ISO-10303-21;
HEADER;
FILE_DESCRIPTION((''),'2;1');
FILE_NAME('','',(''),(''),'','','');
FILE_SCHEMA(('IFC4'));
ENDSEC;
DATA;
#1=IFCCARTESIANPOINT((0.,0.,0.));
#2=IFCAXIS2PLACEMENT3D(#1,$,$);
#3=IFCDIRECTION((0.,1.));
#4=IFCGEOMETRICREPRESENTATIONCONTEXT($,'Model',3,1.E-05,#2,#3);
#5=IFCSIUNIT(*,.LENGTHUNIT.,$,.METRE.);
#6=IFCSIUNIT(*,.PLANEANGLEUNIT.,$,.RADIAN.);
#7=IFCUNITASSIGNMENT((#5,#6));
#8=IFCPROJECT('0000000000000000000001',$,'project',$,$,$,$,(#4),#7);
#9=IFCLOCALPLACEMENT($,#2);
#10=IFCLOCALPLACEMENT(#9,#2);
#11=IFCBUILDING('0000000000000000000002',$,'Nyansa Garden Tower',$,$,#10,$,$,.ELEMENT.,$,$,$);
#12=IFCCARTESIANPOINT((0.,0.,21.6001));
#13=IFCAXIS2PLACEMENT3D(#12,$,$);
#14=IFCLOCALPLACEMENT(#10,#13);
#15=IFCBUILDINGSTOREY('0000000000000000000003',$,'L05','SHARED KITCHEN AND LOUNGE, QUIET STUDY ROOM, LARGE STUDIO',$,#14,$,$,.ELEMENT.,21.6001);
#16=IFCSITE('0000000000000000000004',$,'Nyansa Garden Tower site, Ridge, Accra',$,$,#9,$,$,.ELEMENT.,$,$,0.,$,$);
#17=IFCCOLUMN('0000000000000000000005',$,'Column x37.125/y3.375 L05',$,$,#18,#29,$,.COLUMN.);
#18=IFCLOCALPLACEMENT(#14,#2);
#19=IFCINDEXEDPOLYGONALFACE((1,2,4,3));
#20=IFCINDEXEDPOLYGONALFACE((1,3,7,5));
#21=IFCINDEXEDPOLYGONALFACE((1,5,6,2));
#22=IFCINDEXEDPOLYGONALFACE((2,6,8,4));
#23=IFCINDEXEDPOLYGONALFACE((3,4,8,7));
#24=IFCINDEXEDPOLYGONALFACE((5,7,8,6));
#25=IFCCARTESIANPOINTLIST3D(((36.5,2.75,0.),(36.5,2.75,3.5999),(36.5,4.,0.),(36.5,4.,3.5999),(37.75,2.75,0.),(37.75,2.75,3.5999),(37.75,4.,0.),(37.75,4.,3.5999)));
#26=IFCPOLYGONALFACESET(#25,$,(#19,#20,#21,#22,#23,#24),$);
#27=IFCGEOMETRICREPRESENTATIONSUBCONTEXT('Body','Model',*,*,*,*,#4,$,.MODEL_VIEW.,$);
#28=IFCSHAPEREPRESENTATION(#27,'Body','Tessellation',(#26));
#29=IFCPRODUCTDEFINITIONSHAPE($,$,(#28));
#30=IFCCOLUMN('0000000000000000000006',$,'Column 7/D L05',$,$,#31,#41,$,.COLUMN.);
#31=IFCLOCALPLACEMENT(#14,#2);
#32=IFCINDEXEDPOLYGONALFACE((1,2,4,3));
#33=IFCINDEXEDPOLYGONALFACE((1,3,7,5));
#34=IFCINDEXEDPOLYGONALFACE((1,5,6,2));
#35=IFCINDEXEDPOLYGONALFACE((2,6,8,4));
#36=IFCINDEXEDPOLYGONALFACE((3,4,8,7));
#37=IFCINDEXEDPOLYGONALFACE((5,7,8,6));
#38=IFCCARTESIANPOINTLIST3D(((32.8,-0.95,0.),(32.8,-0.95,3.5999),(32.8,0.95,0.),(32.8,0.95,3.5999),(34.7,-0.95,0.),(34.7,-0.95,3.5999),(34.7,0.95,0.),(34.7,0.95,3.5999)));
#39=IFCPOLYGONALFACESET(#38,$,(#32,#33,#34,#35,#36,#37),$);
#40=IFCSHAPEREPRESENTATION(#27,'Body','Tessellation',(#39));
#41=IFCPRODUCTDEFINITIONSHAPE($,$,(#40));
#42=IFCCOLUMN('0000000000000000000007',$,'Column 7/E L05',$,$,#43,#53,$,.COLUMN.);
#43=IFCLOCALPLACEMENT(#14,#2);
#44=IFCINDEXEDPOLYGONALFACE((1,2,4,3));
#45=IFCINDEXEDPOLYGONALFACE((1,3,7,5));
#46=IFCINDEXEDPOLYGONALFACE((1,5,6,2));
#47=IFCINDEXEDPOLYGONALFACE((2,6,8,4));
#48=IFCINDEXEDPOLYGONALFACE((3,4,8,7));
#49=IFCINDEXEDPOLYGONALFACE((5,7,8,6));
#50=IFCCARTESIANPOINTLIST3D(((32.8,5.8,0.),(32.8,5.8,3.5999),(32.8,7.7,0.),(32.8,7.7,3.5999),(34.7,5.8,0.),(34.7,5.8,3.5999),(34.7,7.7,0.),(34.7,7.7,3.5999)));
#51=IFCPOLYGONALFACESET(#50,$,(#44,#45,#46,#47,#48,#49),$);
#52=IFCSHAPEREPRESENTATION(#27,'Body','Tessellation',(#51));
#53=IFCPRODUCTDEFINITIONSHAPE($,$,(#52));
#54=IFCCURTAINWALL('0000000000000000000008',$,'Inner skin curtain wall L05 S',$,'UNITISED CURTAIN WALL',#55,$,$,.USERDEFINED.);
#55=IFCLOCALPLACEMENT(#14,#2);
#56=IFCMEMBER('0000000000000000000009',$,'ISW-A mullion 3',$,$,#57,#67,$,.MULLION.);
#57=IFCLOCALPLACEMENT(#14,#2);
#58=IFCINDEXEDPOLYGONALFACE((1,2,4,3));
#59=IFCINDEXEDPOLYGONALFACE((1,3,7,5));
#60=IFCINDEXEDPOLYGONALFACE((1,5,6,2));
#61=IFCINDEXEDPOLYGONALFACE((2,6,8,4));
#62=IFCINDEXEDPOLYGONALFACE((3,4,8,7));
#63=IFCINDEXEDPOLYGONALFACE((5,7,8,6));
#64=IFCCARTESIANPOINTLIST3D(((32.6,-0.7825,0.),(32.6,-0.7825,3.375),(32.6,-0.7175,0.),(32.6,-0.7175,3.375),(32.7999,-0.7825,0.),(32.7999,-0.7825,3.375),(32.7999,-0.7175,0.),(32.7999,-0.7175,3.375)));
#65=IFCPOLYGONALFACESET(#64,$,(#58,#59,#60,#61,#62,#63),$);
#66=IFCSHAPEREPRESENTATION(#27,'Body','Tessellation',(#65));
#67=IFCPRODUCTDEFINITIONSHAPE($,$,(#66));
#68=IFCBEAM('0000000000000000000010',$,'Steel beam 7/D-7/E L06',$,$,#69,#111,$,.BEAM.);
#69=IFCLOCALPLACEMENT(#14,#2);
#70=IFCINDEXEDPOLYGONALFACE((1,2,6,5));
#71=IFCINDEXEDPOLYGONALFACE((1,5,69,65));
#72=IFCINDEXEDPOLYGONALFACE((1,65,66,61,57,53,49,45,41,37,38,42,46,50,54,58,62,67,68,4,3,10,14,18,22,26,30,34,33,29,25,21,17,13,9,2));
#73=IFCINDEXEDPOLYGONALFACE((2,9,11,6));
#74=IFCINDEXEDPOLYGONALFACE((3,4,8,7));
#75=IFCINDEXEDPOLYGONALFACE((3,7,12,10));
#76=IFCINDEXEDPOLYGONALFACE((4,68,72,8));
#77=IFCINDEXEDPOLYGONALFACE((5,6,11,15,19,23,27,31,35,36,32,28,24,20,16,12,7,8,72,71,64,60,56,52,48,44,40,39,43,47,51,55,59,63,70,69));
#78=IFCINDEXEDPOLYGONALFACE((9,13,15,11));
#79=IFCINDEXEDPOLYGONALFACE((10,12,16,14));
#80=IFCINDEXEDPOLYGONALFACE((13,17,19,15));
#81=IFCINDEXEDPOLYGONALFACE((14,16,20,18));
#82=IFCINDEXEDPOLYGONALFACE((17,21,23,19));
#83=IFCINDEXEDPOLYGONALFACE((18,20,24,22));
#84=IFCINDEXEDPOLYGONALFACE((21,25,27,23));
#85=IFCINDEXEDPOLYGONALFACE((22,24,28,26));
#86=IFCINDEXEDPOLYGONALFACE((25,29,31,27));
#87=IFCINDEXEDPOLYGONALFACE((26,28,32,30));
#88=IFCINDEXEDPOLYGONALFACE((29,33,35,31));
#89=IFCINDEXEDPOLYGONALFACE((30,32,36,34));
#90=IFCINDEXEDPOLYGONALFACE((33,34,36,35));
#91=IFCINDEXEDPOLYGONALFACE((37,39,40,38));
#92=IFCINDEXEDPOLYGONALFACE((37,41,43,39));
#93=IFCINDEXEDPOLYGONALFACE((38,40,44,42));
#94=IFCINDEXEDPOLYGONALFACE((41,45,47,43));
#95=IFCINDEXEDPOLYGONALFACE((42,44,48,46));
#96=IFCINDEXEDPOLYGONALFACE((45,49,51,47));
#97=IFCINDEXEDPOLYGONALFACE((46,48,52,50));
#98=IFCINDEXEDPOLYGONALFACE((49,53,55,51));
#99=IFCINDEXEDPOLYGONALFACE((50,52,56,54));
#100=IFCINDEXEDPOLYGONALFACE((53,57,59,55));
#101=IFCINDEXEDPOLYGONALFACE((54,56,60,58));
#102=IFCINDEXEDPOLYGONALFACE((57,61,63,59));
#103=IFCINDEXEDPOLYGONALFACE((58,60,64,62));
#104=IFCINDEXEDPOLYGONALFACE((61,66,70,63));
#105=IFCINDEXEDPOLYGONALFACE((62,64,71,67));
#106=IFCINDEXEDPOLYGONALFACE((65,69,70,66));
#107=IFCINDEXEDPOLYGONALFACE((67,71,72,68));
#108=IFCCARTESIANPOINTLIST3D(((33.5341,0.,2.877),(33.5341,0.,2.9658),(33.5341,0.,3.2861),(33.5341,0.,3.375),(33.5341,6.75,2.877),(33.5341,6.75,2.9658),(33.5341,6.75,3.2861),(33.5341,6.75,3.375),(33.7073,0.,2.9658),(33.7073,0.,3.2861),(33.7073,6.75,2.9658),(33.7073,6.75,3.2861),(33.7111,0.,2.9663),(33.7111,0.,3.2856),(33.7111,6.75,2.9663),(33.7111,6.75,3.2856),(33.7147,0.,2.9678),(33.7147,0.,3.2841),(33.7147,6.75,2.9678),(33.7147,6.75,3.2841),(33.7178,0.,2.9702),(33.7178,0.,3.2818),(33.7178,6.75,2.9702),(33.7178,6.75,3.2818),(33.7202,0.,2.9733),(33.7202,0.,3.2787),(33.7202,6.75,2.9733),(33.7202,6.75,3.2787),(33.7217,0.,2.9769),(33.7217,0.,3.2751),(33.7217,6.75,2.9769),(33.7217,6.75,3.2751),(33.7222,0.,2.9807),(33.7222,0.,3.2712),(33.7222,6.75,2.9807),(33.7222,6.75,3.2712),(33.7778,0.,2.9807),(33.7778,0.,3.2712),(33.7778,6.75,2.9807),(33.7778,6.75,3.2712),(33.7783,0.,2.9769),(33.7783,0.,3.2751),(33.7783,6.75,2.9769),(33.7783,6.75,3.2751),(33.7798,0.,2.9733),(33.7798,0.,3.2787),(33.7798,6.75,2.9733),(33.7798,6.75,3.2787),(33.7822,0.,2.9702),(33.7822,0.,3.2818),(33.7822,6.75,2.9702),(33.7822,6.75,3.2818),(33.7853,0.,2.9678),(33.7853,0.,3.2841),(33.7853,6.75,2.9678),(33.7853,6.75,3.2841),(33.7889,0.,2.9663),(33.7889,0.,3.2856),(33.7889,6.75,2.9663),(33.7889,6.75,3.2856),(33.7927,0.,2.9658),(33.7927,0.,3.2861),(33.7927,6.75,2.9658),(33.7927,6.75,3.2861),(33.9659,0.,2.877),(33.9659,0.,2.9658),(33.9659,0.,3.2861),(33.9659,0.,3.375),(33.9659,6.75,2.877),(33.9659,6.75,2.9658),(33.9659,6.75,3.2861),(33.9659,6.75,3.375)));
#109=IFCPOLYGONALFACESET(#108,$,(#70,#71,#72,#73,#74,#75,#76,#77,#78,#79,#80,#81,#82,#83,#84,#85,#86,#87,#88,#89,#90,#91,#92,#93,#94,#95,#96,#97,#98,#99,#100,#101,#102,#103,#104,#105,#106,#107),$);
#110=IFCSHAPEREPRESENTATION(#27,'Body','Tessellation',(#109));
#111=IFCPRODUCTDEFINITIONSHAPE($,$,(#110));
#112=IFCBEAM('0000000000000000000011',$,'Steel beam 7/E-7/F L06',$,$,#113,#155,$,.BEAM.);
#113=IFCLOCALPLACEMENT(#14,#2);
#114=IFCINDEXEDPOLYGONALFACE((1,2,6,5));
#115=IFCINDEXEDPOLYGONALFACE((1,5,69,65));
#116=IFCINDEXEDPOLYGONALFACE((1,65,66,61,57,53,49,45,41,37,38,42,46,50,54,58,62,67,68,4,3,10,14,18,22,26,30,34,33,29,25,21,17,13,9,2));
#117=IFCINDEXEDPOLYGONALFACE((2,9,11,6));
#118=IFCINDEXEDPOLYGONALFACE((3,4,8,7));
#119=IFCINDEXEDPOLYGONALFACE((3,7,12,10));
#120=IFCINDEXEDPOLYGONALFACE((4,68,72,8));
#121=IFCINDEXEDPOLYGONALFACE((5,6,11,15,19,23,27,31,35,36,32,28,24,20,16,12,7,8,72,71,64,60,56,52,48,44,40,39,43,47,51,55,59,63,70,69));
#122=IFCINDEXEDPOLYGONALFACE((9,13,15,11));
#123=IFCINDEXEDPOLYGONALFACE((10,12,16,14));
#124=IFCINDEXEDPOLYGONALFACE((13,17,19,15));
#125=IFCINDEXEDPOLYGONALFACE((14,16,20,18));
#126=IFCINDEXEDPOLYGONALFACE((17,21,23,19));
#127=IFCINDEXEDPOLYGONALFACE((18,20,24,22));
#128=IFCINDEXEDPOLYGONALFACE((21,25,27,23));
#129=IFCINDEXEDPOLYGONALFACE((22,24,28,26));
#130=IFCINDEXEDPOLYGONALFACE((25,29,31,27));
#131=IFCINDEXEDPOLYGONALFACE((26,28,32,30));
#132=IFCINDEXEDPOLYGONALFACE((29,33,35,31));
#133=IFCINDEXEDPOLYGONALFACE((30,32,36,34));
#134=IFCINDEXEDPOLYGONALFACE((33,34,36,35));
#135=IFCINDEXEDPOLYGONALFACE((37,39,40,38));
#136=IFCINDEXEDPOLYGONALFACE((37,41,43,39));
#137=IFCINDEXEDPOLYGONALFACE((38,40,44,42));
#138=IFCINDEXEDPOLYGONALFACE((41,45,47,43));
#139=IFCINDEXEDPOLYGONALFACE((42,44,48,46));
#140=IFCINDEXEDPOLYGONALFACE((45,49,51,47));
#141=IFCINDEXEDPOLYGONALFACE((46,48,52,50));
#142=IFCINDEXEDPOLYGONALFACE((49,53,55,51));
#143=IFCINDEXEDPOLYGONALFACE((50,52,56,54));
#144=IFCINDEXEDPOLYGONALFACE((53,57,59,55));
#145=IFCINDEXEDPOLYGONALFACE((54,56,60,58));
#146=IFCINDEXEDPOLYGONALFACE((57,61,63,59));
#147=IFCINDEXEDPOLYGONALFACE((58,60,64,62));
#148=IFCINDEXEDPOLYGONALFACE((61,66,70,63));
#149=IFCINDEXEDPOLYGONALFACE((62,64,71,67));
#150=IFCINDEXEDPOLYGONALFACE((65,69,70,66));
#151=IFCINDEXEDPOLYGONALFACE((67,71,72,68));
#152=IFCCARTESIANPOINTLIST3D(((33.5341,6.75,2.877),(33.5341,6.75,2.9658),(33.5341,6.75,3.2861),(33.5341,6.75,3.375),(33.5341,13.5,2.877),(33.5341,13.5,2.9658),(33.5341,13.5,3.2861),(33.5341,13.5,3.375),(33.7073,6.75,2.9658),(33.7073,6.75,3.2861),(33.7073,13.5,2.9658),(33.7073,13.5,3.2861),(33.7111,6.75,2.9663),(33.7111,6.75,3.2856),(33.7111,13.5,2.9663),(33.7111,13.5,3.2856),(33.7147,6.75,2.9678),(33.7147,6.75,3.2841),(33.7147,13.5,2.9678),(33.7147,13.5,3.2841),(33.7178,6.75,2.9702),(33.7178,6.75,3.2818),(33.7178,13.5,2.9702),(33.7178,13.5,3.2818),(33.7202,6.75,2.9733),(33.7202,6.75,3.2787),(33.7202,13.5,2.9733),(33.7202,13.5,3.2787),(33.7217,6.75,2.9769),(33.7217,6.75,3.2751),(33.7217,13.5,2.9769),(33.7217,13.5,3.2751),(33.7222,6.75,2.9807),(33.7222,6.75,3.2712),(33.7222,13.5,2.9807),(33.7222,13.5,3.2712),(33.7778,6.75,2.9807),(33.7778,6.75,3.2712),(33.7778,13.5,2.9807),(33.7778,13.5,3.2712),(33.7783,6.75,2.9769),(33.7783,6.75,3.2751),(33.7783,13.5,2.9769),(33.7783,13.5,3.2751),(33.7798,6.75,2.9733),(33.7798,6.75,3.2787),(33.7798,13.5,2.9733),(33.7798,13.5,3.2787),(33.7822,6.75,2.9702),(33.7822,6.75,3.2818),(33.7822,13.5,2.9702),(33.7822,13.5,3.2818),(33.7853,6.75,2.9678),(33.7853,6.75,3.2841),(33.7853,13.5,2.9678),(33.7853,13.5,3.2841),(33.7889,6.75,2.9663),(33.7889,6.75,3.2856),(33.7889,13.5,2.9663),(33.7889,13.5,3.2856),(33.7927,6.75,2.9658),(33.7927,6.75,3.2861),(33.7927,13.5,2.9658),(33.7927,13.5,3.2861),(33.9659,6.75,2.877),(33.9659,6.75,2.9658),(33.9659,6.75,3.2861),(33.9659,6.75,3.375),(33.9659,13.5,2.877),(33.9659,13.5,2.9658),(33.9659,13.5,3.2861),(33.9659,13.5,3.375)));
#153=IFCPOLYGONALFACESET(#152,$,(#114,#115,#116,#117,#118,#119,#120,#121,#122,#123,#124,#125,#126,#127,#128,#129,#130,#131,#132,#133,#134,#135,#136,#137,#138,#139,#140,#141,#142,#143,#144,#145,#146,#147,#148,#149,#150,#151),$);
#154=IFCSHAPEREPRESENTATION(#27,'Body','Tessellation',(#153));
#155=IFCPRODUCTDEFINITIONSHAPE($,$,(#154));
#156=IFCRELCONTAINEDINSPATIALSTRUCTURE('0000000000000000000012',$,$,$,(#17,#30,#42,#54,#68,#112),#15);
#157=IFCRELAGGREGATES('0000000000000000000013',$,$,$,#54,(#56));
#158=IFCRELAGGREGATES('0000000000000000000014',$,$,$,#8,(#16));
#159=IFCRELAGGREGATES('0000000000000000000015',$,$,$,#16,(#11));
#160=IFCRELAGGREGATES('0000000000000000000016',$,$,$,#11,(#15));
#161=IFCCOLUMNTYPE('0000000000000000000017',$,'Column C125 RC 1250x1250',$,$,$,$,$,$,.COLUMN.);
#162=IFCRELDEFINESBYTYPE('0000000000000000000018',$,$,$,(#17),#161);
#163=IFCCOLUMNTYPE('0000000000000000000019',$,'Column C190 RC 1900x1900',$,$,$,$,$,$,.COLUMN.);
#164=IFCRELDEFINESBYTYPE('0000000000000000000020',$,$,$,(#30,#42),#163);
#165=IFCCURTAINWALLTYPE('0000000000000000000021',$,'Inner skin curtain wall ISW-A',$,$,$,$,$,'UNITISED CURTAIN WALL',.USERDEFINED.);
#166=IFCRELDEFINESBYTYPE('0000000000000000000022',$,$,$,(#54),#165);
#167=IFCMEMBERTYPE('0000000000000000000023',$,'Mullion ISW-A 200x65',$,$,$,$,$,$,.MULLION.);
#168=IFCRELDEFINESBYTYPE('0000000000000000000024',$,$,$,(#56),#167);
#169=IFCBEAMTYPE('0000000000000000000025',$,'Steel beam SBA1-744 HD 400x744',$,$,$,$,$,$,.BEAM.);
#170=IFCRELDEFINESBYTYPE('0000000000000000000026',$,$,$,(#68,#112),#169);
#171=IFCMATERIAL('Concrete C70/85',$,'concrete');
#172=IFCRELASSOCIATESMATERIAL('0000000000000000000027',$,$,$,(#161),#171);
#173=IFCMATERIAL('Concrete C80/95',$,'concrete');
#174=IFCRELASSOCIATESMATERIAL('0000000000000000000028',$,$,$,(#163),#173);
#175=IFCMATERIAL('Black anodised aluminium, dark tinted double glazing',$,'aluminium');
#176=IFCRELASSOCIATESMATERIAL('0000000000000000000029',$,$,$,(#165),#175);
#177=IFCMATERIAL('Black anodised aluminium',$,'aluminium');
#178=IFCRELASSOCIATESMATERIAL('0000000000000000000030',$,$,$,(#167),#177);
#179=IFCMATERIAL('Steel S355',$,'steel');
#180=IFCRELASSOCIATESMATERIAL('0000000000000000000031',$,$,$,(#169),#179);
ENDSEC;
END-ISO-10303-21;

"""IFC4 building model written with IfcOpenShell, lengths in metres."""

from ifc_helpers import new_model, si_unit, direction, frame, origin, origin_2d, place, context, subcontext, project, spatial, rectangle, i_section, extrude, material, material_profile, profile_set, type_object, element, aggregate, save


model = new_model("IFC4")

# Units and contexts
model_context = context("Model", 3, precision=1e-05, world=origin(), true_north=direction((0.0, 1.0)))
body_context = subcontext(model_context, "Body", "Model", "MODEL_VIEW")
ifc_project = project(units=[si_unit("LENGTHUNIT", "METRE"), si_unit("PLANEANGLEUNIT", "RADIAN")], contexts=[model_context])

# Site, building, storey
site_placement = place(None, origin())
site = spatial("IfcSite", under=ifc_project, at=site_placement, Name="Nyansa Garden Tower site, Ridge, Accra", CompositionType="ELEMENT", RefElevation=0.0)
building_placement = place(site_placement, origin())
building = spatial("IfcBuilding", under=site, at=building_placement, Name="Nyansa Garden Tower", CompositionType="ELEMENT")
storey_placement = place(building_placement, frame((0.0, 0.0, 21.6001)))
storey = spatial("IfcBuildingStorey", under=building, at=storey_placement, Name="L05", Description="SHARED KITCHEN AND LOUNGE, QUIET STUDY ROOM, LARGE STUDIO", CompositionType="ELEMENT", Elevation=21.6001)

# Columns
ifc_material_1 = material(Name="Concrete C70/85", Category="concrete")
ifc_material_profile_1 = material_profile(ifc_material_1, rectangle(XDim=1.25, YDim=1.25, at=origin_2d()), Name="RC 1250x1250")
ifc_profile_set_1 = profile_set([ifc_material_profile_1], Name="Concrete C70/85")
column_type_1 = type_object("IfcColumnType", Name="Column C125 RC 1250x1250", PredefinedType="COLUMN", material=ifc_profile_set_1)
column_placement = place(storey_placement, frame((37.125, 3.375, 0.0), z_axis=(0.0, 0.0, 1.0), x_axis=(1.0, 0.0, 0.0)))
element("IfcColumn", 1, at=column_placement, inside=storey, type_object=column_type_1, Name="Column x37.125/y3.375 L05", PredefinedType="COLUMN", context=body_context, shape_type="SweptSolid", body=[
    extrude(rectangle(XDim=1.25, YDim=1.25, at=origin_2d()), origin(), (0.0, 0.0, 1.0), 3.5999),
])
ifc_material_2 = material(Name="Concrete C80/95", Category="concrete")
ifc_material_profile_2 = material_profile(ifc_material_2, rectangle(XDim=1.8999, YDim=1.8999, at=origin_2d()), Name="RC 1900x1900")
ifc_profile_set_2 = profile_set([ifc_material_profile_2], Name="Concrete C80/95")
column_type_2 = type_object("IfcColumnType", Name="Column C190 RC 1900x1900", PredefinedType="COLUMN", material=ifc_profile_set_2)
for number, where, z_axis, x_axis, name in (
    (2, (33.75, 0.0, 0.0), (0.0, 0.0, 1.0), (1.0, 0.0, 0.0), "Column 7/D L05"),
    (3, (33.75, 6.75, 0.0), (0.0, 0.0, 1.0), (1.0, 0.0, 0.0), "Column 7/E L05"),
):
    element("IfcColumn", number, at=place(storey_placement, frame(where, z_axis=z_axis, x_axis=x_axis)), inside=storey, type_object=column_type_2, Name=name, PredefinedType="COLUMN", context=body_context, shape_type="SweptSolid", body=[
        extrude(rectangle(XDim=1.8999, YDim=1.8999, at=origin_2d()), origin(), (0.0, 0.0, 1.0), 3.5999),
    ])

# Curtain wall, member
ifc_material_3 = material(Name="Black anodised aluminium, dark tinted double glazing", Category="aluminium")
curtain_wall_type = type_object("IfcCurtainWallType", Name="Inner skin curtain wall ISW-A", ElementType="UNITISED CURTAIN WALL", PredefinedType="USERDEFINED", material=ifc_material_3)
curtain_wall_placement = place(storey_placement, origin())
curtain_wall = element("IfcCurtainWall", 4, at=curtain_wall_placement, inside=storey, type_object=curtain_wall_type, Name="Inner skin curtain wall L05 S", ObjectType="UNITISED CURTAIN WALL", PredefinedType="USERDEFINED")
ifc_material_4 = material(Name="Black anodised aluminium", Category="aluminium")
ifc_material_profile_3 = material_profile(ifc_material_4, rectangle(XDim=0.0649, YDim=0.2, at=origin_2d()), Name="Mullion 200x65")
ifc_profile_set_3 = profile_set([ifc_material_profile_3], Name="Black anodised aluminium")
member_type = type_object("IfcMemberType", Name="Mullion ISW-A 200x65", PredefinedType="MULLION", material=ifc_profile_set_3)
member_placement = place(storey_placement, frame((32.7, -0.75, 0.0), z_axis=(0.0, 0.0, 1.0), x_axis=(0.0, 1.0, 0.0)))
member = element("IfcMember", 5, at=member_placement, type_object=member_type, Name="ISW-A mullion 3", PredefinedType="MULLION", context=body_context, shape_type="SweptSolid", body=[
    extrude(rectangle(XDim=0.0649, YDim=0.2, at=origin_2d()), origin(), (0.0, 0.0, 1.0), 3.375),
])

# Beams
ifc_material_5 = material(Name="Steel S355", Category="steel")
ifc_material_profile_4 = material_profile(ifc_material_5, i_section(OverallWidth=0.4319, OverallDepth=0.498, WebThickness=0.0557, FlangeThickness=0.0889, FilletRadius=0.0149, at=origin_2d()), Name="HD 400x744")
ifc_profile_set_4 = profile_set([ifc_material_profile_4], Name="Steel S355")
beam_type_1 = type_object("IfcBeamType", Name="Steel beam SBA1-744 HD 400x744", PredefinedType="BEAM", material=ifc_profile_set_4)
for number, where, z_axis, x_axis, name in (
    (6, (33.75, 0.0, 3.126), (0.0, 1.0, 0.0), (-1.0, 0.0, 0.0), "Steel beam 7/D-7/E L06"),
    (7, (33.75, 6.75, 3.126), (0.0, 1.0, 0.0), (-1.0, 0.0, 0.0), "Steel beam 7/E-7/F L06"),
):
    element("IfcBeam", number, at=place(storey_placement, frame(where, z_axis=z_axis, x_axis=x_axis)), inside=storey, type_object=beam_type_1, Name=name, PredefinedType="BEAM", context=body_context, shape_type="SweptSolid", body=[
        extrude(i_section(OverallWidth=0.4319, OverallDepth=0.498, WebThickness=0.0557, FlangeThickness=0.0889, FilletRadius=0.0149, at=origin_2d()), origin(), (0.0, 0.0, 1.0), 6.75),
    ])

aggregate(curtain_wall, [member])

save(model, "model.ifc")
